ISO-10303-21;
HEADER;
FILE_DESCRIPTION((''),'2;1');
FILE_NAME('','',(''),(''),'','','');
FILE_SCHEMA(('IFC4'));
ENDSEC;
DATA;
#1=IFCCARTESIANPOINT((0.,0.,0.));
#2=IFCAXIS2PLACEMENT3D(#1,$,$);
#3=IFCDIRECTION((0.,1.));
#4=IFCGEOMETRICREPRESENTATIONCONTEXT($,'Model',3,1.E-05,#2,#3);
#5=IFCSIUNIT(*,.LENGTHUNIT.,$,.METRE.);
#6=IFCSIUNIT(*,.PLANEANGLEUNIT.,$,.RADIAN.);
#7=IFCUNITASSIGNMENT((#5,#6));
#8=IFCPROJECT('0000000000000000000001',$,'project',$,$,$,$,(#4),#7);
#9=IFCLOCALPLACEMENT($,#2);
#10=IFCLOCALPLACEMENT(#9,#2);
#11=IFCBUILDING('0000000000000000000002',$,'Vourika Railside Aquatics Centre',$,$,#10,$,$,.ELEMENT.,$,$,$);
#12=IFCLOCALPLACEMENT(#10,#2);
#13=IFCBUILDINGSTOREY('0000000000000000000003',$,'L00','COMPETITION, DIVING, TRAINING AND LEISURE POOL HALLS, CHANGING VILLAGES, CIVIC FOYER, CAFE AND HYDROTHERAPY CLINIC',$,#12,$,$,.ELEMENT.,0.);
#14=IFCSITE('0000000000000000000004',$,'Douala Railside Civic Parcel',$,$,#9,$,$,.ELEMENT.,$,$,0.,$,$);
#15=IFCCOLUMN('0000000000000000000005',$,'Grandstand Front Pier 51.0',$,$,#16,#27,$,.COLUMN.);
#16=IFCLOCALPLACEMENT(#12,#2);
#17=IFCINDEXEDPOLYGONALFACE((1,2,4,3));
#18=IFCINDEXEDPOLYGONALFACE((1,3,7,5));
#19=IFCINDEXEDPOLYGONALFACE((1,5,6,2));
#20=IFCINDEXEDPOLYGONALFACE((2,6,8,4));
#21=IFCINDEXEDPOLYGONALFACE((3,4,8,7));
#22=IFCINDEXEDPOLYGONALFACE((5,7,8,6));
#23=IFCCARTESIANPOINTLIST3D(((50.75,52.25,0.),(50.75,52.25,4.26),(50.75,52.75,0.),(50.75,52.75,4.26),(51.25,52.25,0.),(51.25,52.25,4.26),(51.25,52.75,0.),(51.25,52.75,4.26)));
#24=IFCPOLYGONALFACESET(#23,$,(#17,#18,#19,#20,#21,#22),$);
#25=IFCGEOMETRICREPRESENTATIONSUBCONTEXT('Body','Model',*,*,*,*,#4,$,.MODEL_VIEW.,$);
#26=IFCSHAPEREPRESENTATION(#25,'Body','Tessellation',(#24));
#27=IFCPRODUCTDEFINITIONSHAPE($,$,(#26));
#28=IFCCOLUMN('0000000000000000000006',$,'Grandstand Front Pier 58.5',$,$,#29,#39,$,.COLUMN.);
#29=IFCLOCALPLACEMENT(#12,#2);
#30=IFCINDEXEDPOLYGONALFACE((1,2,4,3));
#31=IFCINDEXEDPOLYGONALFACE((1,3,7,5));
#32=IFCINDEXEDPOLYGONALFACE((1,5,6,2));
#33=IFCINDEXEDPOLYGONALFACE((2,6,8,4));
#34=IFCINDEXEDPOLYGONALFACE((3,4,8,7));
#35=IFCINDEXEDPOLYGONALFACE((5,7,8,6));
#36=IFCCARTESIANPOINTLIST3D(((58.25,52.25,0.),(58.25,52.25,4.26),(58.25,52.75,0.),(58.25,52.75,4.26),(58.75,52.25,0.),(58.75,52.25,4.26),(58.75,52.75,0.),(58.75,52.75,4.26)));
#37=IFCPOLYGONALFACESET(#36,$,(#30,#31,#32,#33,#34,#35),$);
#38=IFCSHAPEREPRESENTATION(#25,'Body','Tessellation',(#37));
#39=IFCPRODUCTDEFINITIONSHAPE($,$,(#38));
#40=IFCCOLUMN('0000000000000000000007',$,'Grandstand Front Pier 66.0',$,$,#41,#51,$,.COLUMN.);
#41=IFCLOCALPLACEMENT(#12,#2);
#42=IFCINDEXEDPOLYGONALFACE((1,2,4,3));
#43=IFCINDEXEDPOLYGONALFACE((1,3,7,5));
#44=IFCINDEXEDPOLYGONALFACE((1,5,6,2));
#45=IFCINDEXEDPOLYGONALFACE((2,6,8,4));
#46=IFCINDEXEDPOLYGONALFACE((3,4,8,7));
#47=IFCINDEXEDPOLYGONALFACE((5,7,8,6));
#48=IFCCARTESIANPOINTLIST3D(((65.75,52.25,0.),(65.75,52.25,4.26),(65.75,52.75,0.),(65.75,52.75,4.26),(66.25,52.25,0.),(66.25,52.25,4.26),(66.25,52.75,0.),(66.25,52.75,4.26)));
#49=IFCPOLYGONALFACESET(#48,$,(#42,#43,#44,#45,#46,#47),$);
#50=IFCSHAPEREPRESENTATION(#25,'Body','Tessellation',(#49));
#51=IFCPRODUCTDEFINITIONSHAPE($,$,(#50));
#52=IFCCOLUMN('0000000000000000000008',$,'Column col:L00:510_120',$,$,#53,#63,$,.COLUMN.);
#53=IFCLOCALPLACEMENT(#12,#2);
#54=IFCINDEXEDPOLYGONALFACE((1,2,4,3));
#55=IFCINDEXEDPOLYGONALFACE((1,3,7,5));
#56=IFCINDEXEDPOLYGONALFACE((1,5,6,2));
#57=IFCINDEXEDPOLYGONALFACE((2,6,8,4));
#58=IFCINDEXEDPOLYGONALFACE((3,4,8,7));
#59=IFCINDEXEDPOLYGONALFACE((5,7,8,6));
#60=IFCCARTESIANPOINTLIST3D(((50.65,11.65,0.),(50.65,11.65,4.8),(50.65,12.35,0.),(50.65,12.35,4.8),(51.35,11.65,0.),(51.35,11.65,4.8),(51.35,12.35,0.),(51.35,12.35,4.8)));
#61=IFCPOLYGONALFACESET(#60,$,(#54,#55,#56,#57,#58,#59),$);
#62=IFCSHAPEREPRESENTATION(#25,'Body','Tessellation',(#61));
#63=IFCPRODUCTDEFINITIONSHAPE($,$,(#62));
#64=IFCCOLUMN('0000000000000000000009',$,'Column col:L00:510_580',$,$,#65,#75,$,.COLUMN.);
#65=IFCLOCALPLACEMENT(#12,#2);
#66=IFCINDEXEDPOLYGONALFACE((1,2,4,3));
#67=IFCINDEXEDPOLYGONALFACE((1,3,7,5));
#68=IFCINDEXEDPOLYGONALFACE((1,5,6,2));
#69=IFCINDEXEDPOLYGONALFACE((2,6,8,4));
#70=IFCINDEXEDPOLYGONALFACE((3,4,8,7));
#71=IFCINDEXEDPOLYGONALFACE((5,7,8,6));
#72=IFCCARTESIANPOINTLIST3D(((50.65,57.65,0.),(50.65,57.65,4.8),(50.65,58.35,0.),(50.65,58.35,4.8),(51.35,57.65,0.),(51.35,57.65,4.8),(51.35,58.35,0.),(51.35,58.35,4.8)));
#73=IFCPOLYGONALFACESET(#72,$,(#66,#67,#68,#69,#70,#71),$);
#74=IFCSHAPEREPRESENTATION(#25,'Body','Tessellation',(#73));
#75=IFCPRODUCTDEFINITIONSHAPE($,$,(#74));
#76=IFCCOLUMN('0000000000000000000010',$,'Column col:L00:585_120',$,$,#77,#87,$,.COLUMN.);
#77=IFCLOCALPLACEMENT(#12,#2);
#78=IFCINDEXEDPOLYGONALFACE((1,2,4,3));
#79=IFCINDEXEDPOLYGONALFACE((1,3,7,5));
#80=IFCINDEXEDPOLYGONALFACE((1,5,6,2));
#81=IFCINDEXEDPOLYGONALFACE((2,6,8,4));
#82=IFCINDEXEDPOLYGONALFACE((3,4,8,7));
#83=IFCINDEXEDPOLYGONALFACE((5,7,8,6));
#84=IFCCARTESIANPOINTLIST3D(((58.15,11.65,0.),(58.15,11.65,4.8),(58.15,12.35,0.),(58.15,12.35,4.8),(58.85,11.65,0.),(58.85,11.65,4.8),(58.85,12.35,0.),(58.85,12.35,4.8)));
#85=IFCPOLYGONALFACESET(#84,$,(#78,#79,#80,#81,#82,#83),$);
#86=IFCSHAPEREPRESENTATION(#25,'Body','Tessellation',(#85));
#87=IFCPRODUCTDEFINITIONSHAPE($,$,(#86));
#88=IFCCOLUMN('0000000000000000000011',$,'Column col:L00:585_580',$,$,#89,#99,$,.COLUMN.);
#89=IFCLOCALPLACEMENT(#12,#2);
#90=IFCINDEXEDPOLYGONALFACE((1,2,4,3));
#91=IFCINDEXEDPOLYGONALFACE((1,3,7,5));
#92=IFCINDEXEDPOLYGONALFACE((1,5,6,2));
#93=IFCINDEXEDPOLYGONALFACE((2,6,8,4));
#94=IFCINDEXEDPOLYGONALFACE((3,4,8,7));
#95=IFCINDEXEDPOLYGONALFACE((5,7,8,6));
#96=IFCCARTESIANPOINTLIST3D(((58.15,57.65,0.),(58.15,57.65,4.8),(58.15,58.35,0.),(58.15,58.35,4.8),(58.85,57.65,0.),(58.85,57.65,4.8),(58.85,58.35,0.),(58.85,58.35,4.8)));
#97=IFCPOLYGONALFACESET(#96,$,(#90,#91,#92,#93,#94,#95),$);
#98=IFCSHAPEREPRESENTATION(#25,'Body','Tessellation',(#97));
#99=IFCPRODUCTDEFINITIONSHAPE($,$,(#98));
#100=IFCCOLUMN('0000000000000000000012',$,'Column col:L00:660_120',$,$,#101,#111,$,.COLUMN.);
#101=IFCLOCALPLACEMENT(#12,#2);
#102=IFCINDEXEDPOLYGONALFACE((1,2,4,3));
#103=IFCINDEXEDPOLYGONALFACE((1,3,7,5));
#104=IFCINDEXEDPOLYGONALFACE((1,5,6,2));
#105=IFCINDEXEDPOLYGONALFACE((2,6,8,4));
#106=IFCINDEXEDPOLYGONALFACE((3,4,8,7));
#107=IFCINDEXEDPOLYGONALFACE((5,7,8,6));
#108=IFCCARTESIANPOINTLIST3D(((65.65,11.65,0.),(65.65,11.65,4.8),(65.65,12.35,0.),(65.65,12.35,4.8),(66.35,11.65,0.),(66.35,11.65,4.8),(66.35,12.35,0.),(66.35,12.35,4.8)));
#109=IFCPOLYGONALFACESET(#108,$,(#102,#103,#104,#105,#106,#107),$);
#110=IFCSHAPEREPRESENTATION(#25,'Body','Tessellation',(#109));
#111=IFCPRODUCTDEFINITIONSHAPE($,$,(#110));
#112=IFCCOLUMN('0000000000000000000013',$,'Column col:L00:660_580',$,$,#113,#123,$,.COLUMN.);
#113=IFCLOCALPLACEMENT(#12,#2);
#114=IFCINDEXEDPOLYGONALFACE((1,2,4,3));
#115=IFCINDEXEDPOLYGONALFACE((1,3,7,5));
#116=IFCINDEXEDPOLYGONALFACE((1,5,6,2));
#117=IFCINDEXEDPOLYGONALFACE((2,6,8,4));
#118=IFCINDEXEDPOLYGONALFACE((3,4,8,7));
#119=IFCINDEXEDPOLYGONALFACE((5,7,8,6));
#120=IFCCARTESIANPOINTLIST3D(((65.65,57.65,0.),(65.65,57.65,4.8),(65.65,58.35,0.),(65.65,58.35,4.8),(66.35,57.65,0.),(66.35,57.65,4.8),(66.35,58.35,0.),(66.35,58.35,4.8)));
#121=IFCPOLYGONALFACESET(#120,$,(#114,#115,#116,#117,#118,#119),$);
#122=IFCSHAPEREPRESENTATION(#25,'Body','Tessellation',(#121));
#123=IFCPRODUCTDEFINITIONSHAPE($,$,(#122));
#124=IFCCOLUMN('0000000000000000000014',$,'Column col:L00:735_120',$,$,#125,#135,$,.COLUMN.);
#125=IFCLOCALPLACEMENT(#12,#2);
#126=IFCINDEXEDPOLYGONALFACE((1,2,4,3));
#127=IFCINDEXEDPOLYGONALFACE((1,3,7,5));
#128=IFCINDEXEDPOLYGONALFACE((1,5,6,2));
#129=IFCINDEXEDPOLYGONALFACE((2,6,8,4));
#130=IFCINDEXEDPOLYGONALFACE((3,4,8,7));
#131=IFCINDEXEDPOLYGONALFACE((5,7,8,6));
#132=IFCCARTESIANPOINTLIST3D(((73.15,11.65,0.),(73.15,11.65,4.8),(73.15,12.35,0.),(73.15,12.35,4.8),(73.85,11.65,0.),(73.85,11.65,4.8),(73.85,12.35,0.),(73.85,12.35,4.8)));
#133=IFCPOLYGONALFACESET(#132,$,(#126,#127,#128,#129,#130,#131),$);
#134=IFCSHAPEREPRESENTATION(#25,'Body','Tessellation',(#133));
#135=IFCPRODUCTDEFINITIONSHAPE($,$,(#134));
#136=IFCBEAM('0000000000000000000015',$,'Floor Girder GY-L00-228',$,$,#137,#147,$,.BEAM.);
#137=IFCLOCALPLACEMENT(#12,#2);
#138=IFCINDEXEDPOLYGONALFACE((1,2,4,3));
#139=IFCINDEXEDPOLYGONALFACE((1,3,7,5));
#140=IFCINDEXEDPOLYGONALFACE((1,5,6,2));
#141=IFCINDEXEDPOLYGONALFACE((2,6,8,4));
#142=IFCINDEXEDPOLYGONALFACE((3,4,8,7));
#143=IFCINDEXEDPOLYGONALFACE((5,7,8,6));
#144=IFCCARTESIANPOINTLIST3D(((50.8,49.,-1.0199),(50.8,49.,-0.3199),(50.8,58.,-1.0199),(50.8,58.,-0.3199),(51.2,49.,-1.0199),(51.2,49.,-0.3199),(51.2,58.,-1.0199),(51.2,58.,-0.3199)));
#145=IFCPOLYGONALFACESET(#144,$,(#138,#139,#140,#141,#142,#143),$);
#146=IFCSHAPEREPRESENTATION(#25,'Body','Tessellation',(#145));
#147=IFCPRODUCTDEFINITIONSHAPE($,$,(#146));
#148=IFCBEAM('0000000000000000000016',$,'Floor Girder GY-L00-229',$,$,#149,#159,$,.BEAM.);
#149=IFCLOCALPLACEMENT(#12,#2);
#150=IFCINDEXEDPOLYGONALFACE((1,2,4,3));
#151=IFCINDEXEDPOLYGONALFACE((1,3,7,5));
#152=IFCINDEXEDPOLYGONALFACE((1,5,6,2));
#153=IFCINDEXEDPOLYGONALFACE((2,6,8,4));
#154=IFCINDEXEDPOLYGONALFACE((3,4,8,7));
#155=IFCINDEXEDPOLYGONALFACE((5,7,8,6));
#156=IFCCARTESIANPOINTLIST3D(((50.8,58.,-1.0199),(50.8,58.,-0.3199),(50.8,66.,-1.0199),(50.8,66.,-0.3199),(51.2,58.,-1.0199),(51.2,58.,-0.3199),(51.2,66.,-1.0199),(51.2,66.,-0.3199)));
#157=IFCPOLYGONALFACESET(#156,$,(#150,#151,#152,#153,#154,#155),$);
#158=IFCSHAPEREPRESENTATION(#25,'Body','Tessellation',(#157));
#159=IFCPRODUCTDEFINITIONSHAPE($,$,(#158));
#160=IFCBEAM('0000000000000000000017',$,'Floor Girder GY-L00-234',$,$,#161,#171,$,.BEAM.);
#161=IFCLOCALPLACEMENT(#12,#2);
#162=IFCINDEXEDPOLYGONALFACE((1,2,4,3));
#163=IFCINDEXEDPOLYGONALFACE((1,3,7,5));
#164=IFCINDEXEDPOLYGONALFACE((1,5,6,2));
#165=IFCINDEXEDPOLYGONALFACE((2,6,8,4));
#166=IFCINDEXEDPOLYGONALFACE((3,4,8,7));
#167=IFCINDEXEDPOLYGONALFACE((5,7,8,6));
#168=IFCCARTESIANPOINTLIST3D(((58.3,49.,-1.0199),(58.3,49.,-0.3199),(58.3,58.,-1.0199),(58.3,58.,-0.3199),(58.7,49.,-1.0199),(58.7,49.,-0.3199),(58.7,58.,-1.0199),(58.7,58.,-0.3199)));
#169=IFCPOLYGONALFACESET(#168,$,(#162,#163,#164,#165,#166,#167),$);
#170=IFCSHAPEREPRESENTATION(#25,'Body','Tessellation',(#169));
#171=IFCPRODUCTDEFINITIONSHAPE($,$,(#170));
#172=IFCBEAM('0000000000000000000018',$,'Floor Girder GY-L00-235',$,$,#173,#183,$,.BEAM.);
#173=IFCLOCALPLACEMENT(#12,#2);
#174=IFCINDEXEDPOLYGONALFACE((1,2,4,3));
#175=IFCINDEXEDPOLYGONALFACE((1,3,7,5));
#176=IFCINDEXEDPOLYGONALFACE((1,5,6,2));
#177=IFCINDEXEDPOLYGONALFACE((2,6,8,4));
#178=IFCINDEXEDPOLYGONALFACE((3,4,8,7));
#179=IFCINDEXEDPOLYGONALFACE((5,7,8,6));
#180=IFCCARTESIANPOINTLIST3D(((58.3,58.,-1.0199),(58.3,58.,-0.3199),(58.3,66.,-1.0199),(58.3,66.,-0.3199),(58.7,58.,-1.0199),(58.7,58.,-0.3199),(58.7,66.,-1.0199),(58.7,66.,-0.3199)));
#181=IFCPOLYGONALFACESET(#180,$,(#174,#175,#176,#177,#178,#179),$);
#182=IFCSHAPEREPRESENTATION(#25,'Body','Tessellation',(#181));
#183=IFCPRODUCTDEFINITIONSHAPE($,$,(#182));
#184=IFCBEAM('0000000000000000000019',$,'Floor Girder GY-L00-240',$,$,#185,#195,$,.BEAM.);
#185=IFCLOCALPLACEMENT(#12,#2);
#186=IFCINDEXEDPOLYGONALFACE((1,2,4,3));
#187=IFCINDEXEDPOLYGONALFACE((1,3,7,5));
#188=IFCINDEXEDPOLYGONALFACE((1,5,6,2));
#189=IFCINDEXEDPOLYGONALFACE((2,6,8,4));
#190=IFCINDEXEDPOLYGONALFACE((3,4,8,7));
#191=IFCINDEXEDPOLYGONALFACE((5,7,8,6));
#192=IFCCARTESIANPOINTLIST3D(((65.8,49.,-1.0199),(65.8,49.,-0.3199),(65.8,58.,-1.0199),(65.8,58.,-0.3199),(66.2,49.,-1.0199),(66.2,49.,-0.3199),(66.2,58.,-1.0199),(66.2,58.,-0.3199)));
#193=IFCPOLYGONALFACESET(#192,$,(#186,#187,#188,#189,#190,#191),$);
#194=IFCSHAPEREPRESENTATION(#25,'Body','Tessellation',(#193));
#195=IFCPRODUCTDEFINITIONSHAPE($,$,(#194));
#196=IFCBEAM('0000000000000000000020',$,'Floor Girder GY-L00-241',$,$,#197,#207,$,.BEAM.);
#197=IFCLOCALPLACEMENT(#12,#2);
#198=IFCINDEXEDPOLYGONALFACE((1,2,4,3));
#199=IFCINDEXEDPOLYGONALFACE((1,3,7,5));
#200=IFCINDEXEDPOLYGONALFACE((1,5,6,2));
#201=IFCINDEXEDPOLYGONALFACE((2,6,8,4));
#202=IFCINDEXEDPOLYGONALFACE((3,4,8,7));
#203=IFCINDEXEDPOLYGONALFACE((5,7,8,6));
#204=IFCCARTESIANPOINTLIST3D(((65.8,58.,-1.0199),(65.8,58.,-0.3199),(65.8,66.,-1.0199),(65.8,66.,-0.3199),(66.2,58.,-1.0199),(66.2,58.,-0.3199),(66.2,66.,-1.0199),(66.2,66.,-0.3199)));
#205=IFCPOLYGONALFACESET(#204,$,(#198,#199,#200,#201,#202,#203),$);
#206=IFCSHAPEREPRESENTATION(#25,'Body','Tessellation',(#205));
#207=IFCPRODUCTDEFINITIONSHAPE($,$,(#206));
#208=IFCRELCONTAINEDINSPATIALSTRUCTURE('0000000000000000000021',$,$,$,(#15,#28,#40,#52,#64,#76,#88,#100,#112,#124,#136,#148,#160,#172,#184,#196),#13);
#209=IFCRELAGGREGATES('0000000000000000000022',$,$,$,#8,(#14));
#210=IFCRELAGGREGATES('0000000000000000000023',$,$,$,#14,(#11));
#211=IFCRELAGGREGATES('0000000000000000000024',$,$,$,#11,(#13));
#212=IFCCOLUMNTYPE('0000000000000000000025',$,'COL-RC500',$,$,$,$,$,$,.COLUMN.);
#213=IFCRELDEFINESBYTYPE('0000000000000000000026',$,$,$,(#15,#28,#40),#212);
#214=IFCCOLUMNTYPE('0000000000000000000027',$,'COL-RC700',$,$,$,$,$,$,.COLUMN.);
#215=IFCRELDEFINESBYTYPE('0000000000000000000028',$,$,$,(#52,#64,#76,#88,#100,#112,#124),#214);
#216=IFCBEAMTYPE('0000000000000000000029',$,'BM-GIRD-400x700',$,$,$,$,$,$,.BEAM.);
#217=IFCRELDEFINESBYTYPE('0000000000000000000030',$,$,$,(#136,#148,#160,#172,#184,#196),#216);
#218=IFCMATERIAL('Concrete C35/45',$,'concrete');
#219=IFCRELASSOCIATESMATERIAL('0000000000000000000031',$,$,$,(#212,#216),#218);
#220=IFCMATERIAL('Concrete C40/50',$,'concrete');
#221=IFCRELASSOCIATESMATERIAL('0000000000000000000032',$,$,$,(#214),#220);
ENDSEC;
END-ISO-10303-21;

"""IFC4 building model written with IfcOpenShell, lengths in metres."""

from ifc_helpers import new_model, si_unit, direction, frame, origin, origin_2d, place, context, subcontext, project, spatial, rectangle, extrude, material, material_profile, profile_set, type_object, element, save


model = new_model("IFC4")

# Units and contexts
model_context = context("Model", 3, precision=1e-05, world=origin(), true_north=direction((0.0, 1.0)))
body_context = subcontext(model_context, "Body", "Model", "MODEL_VIEW")
ifc_project = project(units=[si_unit("LENGTHUNIT", "METRE"), si_unit("PLANEANGLEUNIT", "RADIAN")], contexts=[model_context])

# Site, building, storey
site_placement = place(None, origin())
site = spatial("IfcSite", under=ifc_project, at=site_placement, Name="Douala Railside Civic Parcel", CompositionType="ELEMENT", RefElevation=0.0)
building_placement = place(site_placement, origin())
building = spatial("IfcBuilding", under=site, at=building_placement, Name="Vourika Railside Aquatics Centre", CompositionType="ELEMENT")
storey_placement = place(building_placement, origin())
storey = spatial("IfcBuildingStorey", under=building, at=storey_placement, Name="L00", Description="COMPETITION, DIVING, TRAINING AND LEISURE POOL HALLS, CHANGING VILLAGES, CIVIC FOYER, CAFE AND HYDROTHERAPY CLINIC", CompositionType="ELEMENT", Elevation=0.0)

# Columns
ifc_material_1 = material(Name="Concrete C35/45", Category="concrete")
ifc_material_profile_1 = material_profile(ifc_material_1, rectangle(XDim=0.5, YDim=0.5, at=origin_2d()), Name="RC 500x500")
ifc_profile_set_1 = profile_set([ifc_material_profile_1], Name="Concrete C35/45")
column_type_1 = type_object("IfcColumnType", Name="COL-RC500", PredefinedType="COLUMN", material=ifc_profile_set_1)
for number, where, z_axis, x_axis, name in (
    (1, (51.0, 52.5, 0.0), (0.0, 0.0, 1.0), (1.0, 0.0, 0.0), "Grandstand Front Pier 51.0"),
    (2, (58.5, 52.5, 0.0), (0.0, 0.0, 1.0), (1.0, 0.0, 0.0), "Grandstand Front Pier 58.5"),
    (3, (66.0, 52.5, 0.0), (0.0, 0.0, 1.0), (1.0, 0.0, 0.0), "Grandstand Front Pier 66.0"),
):
    element("IfcColumn", number, at=place(storey_placement, frame(where, z_axis=z_axis, x_axis=x_axis)), inside=storey, type_object=column_type_1, Name=name, PredefinedType="COLUMN", context=body_context, shape_type="SweptSolid", body=[
        extrude(rectangle(XDim=0.5, YDim=0.5, at=origin_2d()), origin(), (0.0, 0.0, 1.0), 4.26),
    ])
ifc_material_2 = material(Name="Concrete C40/50", Category="concrete")
ifc_material_profile_2 = material_profile(ifc_material_2, rectangle(XDim=0.7, YDim=0.7, at=origin_2d()), Name="RC 700x700")
ifc_profile_set_2 = profile_set([ifc_material_profile_2], Name="Concrete C40/50")
column_type_2 = type_object("IfcColumnType", Name="COL-RC700", PredefinedType="COLUMN", material=ifc_profile_set_2)
for number, where, z_axis, x_axis, name in (
    (4, (51.0, 12.0, 0.0), (0.0, 0.0, 1.0), (1.0, 0.0, 0.0), "Column col:L00:510_120"),
    (5, (51.0, 58.0, 0.0), (0.0, 0.0, 1.0), (1.0, 0.0, 0.0), "Column col:L00:510_580"),
    (6, (58.5, 12.0, 0.0), (0.0, 0.0, 1.0), (1.0, 0.0, 0.0), "Column col:L00:585_120"),
    (7, (58.5, 58.0, 0.0), (0.0, 0.0, 1.0), (1.0, 0.0, 0.0), "Column col:L00:585_580"),
    (8, (66.0, 12.0, 0.0), (0.0, 0.0, 1.0), (1.0, 0.0, 0.0), "Column col:L00:660_120"),
    (9, (66.0, 58.0, 0.0), (0.0, 0.0, 1.0), (1.0, 0.0, 0.0), "Column col:L00:660_580"),
    (10, (73.5, 12.0, 0.0), (0.0, 0.0, 1.0), (1.0, 0.0, 0.0), "Column col:L00:735_120"),
):
    element("IfcColumn", number, at=place(storey_placement, frame(where, z_axis=z_axis, x_axis=x_axis)), inside=storey, type_object=column_type_2, Name=name, PredefinedType="COLUMN", context=body_context, shape_type="SweptSolid", body=[
        extrude(rectangle(XDim=0.7, YDim=0.7, at=origin_2d()), origin(), (0.0, 0.0, 1.0), 4.8),
    ])

# Beams
ifc_material_profile_3 = material_profile(ifc_material_1, rectangle(XDim=0.3999, YDim=0.7, at=origin_2d()), Name="RC 400x700")
ifc_profile_set_3 = profile_set([ifc_material_profile_3], Name="Concrete C35/45")
beam_type_1 = type_object("IfcBeamType", Name="BM-GIRD-400x700", PredefinedType="BEAM", material=ifc_profile_set_3)
beam_1_placement = place(storey_placement, frame((51.0, 49.0, -0.6699), z_axis=(0.0, 1.0, 0.0), x_axis=(-1.0, 0.0, 0.0)))
element("IfcBeam", 11, at=beam_1_placement, inside=storey, type_object=beam_type_1, Name="Floor Girder GY-L00-228", PredefinedType="BEAM", context=body_context, shape_type="SweptSolid", body=[
    extrude(rectangle(XDim=0.3999, YDim=0.7, at=origin_2d()), origin(), (0.0, 0.0, 1.0), 9.0),
])
beam_2_placement = place(storey_placement, frame((51.0, 58.0, -0.6699), z_axis=(0.0, 1.0, 0.0), x_axis=(-1.0, 0.0, 0.0)))
element("IfcBeam", 12, at=beam_2_placement, inside=storey, type_object=beam_type_1, Name="Floor Girder GY-L00-229", PredefinedType="BEAM", context=body_context, shape_type="SweptSolid", body=[
    extrude(rectangle(XDim=0.3999, YDim=0.7, at=origin_2d()), origin(), (0.0, 0.0, 1.0), 8.0),
])
beam_3_placement = place(storey_placement, frame((58.5, 49.0, -0.6699), z_axis=(0.0, 1.0, 0.0), x_axis=(-1.0, 0.0, 0.0)))
element("IfcBeam", 13, at=beam_3_placement, inside=storey, type_object=beam_type_1, Name="Floor Girder GY-L00-234", PredefinedType="BEAM", context=body_context, shape_type="SweptSolid", body=[
    extrude(rectangle(XDim=0.3999, YDim=0.7, at=origin_2d()), origin(), (0.0, 0.0, 1.0), 9.0),
])
beam_4_placement = place(storey_placement, frame((58.5, 58.0, -0.6699), z_axis=(0.0, 1.0, 0.0), x_axis=(-1.0, 0.0, 0.0)))
element("IfcBeam", 14, at=beam_4_placement, inside=storey, type_object=beam_type_1, Name="Floor Girder GY-L00-235", PredefinedType="BEAM", context=body_context, shape_type="SweptSolid", body=[
    extrude(rectangle(XDim=0.3999, YDim=0.7, at=origin_2d()), origin(), (0.0, 0.0, 1.0), 8.0),
])
beam_5_placement = place(storey_placement, frame((66.0, 49.0, -0.6699), z_axis=(0.0, 1.0, 0.0), x_axis=(-1.0, 0.0, 0.0)))
element("IfcBeam", 15, at=beam_5_placement, inside=storey, type_object=beam_type_1, Name="Floor Girder GY-L00-240", PredefinedType="BEAM", context=body_context, shape_type="SweptSolid", body=[
    extrude(rectangle(XDim=0.3999, YDim=0.7, at=origin_2d()), origin(), (0.0, 0.0, 1.0), 9.0),
])
beam_6_placement = place(storey_placement, frame((66.0, 58.0, -0.6699), z_axis=(0.0, 1.0, 0.0), x_axis=(-1.0, 0.0, 0.0)))
element("IfcBeam", 16, at=beam_6_placement, inside=storey, type_object=beam_type_1, Name="Floor Girder GY-L00-241", PredefinedType="BEAM", context=body_context, shape_type="SweptSolid", body=[
    extrude(rectangle(XDim=0.3999, YDim=0.7, at=origin_2d()), origin(), (0.0, 0.0, 1.0), 8.0),
])

save(model, "model.ifc")
